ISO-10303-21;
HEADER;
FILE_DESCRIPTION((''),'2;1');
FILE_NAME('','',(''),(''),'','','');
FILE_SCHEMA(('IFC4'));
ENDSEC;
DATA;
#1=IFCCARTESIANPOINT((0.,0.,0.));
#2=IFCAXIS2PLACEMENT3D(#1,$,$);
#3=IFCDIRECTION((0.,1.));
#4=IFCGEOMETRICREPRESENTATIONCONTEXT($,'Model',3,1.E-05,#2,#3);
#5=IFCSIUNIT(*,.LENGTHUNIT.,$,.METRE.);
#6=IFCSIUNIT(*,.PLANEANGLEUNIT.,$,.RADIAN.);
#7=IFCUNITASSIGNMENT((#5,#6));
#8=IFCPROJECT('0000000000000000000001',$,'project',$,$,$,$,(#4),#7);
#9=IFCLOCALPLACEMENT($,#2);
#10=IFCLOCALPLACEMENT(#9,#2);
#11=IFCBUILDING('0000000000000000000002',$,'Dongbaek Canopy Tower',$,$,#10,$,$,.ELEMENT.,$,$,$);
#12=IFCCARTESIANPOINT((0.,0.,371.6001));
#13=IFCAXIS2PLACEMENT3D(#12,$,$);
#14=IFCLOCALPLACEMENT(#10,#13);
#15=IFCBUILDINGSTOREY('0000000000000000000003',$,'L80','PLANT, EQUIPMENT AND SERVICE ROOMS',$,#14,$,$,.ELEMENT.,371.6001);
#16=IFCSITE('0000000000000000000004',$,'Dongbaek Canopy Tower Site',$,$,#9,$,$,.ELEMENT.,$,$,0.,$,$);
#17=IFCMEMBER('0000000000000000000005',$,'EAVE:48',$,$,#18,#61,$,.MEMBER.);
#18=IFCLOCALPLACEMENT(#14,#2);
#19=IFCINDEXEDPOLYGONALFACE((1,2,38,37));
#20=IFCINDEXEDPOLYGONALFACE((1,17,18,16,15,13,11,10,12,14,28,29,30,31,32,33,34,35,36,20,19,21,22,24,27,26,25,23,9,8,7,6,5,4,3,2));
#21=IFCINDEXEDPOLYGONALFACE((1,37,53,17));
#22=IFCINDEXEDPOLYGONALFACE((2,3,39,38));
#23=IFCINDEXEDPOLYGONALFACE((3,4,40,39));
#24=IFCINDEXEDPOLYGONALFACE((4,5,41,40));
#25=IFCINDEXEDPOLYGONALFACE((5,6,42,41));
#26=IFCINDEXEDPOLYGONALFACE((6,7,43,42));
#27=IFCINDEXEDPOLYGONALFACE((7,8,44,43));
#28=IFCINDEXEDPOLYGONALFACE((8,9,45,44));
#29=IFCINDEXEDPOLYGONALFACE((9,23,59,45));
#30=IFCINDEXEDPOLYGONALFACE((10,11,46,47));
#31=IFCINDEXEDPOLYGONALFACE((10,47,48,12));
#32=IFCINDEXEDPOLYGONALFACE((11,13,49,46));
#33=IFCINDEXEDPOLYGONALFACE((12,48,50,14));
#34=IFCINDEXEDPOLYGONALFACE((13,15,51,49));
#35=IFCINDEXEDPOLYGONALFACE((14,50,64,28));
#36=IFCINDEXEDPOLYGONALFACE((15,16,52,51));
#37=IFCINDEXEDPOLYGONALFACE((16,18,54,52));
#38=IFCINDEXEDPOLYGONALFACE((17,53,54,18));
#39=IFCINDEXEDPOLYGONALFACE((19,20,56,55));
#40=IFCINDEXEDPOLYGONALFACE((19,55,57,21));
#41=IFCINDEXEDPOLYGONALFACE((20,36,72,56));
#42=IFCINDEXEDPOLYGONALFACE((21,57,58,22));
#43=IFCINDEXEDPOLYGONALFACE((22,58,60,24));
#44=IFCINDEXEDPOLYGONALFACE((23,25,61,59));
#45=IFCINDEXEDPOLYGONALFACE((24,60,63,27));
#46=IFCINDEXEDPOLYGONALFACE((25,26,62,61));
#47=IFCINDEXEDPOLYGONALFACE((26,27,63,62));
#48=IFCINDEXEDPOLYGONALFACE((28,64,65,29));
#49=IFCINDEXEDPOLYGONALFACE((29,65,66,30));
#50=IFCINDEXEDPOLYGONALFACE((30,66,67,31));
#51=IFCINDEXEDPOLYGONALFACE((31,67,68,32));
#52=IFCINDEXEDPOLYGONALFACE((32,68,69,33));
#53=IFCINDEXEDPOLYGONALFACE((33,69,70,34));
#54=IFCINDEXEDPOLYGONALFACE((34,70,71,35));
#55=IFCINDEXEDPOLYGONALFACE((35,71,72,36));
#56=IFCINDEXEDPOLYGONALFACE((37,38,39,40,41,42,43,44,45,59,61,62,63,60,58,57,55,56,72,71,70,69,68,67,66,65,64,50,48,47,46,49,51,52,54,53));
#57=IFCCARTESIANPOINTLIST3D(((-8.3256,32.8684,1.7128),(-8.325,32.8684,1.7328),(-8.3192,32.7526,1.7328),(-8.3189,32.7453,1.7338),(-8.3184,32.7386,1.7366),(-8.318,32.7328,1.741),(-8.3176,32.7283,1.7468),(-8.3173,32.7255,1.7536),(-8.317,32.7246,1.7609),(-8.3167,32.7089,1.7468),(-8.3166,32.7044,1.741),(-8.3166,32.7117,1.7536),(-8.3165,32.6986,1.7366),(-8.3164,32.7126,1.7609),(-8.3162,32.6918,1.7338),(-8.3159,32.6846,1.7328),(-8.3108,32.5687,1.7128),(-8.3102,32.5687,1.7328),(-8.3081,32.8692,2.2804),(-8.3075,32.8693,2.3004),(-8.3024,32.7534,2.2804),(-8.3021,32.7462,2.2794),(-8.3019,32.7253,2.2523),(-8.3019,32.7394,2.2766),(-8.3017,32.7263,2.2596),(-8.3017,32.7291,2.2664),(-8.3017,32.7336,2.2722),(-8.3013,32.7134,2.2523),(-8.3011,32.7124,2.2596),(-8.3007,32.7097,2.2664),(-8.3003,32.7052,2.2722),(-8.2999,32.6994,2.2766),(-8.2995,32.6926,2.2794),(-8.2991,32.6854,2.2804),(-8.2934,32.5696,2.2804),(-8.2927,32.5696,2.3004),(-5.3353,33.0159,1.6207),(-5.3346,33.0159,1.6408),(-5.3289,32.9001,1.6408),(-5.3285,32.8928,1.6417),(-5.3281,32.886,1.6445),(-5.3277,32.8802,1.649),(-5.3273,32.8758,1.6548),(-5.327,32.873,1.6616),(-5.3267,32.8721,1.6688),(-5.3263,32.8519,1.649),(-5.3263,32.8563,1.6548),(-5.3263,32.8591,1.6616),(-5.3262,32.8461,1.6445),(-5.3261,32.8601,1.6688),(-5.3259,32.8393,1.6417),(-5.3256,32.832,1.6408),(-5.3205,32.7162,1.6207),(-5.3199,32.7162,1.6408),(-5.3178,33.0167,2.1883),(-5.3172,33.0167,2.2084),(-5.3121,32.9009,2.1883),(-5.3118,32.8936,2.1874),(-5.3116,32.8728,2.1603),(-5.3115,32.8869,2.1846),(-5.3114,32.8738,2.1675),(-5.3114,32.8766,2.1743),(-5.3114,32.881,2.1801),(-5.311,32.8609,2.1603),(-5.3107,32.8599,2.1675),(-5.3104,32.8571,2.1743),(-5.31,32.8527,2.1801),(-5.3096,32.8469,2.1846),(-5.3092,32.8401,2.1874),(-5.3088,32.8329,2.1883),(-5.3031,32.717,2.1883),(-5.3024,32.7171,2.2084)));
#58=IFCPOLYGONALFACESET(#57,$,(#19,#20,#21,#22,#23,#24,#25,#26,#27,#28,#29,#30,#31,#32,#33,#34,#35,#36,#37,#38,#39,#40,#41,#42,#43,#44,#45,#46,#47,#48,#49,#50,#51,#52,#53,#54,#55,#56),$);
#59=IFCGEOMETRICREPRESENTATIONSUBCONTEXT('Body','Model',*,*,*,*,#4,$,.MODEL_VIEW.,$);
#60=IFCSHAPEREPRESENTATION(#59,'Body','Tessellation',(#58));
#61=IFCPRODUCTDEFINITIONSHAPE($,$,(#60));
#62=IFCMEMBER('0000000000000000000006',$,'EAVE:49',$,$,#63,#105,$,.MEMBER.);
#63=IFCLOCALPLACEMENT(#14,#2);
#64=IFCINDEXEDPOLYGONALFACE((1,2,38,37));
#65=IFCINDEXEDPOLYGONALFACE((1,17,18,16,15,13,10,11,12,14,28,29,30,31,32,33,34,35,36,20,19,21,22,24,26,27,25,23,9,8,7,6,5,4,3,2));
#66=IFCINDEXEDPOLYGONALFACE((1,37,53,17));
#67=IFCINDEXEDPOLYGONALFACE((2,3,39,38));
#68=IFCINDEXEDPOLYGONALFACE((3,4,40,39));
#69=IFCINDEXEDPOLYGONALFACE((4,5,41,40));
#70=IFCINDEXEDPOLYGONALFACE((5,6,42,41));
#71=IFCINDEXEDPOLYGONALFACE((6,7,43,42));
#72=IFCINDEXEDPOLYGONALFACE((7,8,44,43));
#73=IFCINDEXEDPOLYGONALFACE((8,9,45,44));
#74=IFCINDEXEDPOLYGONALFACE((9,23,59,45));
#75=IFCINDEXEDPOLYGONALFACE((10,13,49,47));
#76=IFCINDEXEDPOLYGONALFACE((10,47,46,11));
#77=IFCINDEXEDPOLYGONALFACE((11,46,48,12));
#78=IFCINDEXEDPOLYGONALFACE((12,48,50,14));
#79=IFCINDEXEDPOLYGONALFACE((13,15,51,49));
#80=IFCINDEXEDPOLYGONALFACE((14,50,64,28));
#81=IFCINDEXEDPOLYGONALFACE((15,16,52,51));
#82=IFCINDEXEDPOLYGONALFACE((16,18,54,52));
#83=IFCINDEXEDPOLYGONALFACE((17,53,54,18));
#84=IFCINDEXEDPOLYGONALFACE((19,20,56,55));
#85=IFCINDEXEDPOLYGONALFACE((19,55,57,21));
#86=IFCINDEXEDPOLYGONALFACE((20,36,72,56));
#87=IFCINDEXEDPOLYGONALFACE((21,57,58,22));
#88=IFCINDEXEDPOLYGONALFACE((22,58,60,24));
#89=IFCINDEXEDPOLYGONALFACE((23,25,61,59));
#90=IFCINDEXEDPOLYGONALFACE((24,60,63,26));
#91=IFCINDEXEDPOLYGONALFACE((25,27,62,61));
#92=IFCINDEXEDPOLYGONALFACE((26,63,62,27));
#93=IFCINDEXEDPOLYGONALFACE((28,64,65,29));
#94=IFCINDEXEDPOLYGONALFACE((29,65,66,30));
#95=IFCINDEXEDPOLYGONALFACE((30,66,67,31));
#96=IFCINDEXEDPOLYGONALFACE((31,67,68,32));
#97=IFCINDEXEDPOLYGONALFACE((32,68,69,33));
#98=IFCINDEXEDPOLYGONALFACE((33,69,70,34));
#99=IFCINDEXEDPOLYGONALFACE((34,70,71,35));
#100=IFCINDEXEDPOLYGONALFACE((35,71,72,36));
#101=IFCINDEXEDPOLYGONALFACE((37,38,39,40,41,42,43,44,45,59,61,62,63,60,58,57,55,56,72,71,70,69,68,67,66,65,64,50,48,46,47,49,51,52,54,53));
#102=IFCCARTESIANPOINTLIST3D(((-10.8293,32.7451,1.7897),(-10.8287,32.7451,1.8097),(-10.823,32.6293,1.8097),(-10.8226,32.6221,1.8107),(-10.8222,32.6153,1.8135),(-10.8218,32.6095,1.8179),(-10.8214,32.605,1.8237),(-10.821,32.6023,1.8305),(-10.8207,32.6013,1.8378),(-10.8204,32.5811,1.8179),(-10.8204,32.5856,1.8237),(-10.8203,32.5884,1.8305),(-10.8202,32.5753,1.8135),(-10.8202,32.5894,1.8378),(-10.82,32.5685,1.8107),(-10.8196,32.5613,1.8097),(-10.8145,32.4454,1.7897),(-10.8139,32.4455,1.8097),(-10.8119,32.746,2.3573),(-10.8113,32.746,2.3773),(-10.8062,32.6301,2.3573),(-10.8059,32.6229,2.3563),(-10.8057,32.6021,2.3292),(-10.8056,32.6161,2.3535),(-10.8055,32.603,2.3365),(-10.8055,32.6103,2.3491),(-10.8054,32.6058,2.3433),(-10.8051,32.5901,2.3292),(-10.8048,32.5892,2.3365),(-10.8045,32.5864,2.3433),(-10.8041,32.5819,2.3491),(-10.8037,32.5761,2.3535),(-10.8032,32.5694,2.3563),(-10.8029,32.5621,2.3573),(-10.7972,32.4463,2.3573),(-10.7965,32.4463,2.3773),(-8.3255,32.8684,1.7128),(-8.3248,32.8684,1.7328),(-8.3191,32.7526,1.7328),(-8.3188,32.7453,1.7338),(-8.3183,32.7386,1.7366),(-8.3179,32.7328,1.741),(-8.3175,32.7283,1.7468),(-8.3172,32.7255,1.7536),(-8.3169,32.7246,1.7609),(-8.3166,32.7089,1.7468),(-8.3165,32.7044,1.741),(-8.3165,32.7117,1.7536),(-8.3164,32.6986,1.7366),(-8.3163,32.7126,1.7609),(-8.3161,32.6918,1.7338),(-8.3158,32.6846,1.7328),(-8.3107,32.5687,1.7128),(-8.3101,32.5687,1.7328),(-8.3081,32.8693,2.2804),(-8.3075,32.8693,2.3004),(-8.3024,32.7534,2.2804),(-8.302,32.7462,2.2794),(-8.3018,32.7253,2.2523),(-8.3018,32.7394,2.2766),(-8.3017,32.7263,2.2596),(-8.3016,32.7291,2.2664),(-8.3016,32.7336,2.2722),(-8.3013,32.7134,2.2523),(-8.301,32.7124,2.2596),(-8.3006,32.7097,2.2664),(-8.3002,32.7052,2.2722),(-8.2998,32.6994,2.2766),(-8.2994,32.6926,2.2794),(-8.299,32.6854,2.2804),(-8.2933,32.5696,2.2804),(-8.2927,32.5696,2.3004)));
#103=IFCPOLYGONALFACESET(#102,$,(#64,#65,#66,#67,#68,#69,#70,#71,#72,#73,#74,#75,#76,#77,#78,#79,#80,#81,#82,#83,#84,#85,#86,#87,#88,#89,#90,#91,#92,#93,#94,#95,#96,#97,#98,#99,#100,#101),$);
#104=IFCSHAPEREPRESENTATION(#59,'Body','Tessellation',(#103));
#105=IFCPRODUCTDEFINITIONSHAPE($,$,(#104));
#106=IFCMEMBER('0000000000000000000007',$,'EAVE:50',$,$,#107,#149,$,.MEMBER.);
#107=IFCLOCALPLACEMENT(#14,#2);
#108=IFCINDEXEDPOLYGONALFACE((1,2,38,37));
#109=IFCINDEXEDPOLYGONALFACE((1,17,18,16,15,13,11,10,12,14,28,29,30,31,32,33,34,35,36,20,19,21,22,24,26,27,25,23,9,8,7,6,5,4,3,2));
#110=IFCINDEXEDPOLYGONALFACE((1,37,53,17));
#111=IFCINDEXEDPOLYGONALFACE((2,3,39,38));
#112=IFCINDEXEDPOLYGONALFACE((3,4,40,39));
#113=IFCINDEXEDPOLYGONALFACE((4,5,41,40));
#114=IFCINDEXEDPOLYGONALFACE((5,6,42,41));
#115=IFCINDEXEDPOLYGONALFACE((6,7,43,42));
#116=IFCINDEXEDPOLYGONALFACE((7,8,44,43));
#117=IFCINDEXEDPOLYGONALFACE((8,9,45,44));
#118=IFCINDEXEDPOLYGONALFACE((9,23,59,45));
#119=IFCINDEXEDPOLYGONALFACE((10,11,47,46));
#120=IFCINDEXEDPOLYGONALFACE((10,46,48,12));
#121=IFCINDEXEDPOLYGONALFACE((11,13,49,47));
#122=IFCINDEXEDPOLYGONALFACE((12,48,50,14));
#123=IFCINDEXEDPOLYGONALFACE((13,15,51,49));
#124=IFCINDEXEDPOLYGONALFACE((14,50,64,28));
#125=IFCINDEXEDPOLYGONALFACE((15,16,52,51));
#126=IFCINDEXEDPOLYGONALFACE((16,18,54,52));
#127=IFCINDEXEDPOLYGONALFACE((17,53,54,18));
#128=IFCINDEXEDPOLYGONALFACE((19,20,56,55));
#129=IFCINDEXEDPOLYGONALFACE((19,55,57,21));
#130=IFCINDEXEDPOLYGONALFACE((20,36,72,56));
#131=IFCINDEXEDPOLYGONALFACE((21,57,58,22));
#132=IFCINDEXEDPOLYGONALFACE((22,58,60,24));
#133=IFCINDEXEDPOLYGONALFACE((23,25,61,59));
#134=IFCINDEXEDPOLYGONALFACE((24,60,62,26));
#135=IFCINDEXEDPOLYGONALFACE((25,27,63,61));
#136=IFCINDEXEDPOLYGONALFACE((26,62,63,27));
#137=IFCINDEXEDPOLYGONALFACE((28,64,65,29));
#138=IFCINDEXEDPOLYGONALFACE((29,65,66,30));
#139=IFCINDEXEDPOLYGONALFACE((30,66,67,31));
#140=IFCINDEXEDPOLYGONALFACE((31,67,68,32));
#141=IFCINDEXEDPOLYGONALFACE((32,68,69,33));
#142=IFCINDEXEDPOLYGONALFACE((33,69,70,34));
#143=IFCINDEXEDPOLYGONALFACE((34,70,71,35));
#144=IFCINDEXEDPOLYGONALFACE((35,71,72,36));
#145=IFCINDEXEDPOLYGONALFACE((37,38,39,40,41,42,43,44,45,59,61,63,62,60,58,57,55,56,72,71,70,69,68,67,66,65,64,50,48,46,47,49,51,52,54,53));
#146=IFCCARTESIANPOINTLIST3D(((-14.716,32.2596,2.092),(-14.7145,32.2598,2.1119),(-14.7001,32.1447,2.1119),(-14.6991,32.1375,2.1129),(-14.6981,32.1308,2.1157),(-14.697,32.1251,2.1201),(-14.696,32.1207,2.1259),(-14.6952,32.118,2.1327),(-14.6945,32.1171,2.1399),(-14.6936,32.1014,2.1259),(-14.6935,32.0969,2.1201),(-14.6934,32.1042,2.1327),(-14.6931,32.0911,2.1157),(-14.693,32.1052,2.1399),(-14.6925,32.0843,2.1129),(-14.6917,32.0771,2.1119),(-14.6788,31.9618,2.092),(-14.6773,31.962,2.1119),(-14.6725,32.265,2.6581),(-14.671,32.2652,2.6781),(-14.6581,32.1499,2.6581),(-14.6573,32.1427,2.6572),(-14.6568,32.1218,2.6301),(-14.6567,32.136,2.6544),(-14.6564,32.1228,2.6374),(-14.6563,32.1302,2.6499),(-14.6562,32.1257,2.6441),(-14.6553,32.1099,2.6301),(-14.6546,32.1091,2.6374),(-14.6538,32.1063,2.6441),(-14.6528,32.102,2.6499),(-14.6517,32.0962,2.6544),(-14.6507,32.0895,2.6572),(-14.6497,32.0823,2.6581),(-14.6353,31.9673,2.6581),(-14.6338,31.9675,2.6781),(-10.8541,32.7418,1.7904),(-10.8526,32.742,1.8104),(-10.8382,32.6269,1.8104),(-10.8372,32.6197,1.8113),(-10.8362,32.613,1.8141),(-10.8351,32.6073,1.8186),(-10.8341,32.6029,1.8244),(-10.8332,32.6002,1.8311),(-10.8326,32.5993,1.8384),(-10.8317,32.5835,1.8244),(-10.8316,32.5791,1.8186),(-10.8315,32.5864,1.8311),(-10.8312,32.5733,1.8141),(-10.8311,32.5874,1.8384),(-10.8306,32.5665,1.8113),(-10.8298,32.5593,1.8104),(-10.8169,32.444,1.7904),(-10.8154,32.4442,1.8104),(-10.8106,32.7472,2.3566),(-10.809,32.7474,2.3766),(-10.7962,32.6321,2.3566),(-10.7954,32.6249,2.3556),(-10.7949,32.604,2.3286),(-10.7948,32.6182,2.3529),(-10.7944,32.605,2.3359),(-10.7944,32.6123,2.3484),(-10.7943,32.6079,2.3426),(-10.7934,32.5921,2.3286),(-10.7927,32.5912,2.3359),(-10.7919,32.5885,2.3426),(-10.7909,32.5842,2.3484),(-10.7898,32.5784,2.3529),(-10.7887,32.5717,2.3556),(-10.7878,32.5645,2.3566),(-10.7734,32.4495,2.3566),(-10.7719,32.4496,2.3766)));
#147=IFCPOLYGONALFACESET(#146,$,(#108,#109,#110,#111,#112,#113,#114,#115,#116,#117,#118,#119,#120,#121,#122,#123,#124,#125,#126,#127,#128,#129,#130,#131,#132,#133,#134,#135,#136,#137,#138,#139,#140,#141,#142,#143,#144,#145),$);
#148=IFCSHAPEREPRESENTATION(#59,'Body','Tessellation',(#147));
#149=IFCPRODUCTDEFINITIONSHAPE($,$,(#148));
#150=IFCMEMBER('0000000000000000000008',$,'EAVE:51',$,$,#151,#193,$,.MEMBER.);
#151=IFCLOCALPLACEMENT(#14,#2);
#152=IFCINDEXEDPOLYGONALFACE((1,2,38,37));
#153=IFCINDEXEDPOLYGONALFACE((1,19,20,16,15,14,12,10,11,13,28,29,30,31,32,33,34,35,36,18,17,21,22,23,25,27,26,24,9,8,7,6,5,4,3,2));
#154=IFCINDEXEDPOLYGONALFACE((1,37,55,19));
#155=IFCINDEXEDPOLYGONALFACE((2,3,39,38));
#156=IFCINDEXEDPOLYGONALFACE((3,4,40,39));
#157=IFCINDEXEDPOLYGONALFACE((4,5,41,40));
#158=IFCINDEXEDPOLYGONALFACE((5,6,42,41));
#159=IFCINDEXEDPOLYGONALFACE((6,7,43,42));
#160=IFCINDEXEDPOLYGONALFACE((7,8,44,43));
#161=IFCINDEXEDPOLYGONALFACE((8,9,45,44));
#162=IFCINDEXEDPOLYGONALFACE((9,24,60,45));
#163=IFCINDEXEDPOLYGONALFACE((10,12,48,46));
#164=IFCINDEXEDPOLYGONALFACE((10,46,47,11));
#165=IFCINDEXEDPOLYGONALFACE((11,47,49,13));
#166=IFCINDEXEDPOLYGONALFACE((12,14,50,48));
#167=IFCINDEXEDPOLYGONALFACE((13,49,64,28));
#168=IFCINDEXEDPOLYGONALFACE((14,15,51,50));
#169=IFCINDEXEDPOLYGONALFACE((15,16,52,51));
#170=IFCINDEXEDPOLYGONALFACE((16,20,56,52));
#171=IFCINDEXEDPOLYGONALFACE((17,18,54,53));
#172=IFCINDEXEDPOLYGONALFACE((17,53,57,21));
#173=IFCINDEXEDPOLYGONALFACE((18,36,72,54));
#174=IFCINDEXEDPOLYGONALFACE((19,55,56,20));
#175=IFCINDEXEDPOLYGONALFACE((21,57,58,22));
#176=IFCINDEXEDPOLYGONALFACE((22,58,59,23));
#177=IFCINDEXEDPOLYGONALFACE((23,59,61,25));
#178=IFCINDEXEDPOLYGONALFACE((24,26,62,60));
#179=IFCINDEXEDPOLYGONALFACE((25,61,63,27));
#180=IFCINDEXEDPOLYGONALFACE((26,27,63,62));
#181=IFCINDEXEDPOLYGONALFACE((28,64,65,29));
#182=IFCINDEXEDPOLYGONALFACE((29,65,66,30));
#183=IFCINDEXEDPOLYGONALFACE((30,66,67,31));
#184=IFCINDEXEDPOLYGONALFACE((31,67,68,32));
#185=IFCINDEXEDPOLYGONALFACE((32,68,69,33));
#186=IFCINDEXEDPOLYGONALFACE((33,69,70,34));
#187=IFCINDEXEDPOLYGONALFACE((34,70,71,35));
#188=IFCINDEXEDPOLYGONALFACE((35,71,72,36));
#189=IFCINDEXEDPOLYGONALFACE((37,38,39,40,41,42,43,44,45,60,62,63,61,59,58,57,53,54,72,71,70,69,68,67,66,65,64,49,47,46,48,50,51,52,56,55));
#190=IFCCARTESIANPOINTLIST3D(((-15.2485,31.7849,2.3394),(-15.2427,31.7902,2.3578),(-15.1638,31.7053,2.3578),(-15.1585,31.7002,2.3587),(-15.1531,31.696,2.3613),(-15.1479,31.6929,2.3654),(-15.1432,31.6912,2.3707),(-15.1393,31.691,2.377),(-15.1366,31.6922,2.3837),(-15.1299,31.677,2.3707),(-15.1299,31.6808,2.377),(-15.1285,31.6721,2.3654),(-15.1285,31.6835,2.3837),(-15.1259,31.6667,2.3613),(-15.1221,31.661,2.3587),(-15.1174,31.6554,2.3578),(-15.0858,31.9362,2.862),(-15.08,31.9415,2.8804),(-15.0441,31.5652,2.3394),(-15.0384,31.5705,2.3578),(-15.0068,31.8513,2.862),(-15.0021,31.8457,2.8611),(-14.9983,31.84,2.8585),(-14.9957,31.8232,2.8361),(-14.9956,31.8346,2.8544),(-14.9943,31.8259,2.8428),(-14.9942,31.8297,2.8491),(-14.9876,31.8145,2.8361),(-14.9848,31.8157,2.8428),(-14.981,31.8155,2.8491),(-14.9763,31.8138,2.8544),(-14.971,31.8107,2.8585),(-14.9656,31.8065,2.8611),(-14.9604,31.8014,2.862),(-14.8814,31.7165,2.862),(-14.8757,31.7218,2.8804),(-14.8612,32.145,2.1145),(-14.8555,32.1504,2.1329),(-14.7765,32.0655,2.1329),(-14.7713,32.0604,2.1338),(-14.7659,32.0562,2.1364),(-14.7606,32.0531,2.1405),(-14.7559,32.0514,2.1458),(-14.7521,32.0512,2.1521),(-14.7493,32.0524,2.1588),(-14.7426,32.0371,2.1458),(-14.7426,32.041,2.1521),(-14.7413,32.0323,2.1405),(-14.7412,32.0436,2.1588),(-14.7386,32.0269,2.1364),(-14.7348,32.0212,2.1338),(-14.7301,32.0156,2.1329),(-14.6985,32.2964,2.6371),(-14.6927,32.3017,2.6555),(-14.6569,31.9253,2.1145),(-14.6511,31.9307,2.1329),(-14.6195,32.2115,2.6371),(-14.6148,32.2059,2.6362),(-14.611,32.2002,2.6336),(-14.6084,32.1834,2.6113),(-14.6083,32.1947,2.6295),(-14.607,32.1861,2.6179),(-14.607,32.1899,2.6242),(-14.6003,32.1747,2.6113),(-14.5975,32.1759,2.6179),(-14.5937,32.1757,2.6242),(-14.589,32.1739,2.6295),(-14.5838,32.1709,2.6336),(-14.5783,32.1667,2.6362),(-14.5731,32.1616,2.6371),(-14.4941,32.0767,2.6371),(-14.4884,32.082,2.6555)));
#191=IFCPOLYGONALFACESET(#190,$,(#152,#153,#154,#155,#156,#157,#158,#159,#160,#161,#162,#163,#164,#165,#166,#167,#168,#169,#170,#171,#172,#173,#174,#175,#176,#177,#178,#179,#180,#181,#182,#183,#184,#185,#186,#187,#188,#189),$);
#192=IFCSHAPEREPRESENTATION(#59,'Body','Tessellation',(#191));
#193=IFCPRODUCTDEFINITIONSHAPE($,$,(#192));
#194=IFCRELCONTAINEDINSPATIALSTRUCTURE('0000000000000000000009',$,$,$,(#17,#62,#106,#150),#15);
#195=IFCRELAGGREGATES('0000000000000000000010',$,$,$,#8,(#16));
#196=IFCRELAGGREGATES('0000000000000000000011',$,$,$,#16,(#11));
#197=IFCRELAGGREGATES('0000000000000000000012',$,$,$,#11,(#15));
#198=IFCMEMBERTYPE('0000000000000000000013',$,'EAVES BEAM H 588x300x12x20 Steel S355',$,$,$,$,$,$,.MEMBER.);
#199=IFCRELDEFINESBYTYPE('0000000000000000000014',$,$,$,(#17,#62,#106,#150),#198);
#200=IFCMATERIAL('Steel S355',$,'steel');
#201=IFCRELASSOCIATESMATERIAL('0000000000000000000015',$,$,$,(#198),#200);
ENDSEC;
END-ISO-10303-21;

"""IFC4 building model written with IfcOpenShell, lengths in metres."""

from ifc_helpers import new_model, si_unit, direction, frame, origin, origin_2d, place, context, subcontext, project, spatial, i_section, extrude, material, material_profile, profile_set, type_object, element, save


model = new_model("IFC4")

# Units and contexts
model_context = context("Model", 3, precision=1e-05, world=origin(), true_north=direction((0.0, 1.0)))
body_context = subcontext(model_context, "Body", "Model", "MODEL_VIEW")
ifc_project = project(units=[si_unit("LENGTHUNIT", "METRE"), si_unit("PLANEANGLEUNIT", "RADIAN")], contexts=[model_context])

# Site, building, storey
site_placement = place(None, origin())
site = spatial("IfcSite", under=ifc_project, at=site_placement, Name="Dongbaek Canopy Tower Site", CompositionType="ELEMENT", RefElevation=0.0)
building_placement = place(site_placement, origin())
building = spatial("IfcBuilding", under=site, at=building_placement, Name="Dongbaek Canopy Tower", CompositionType="ELEMENT")
storey_placement = place(building_placement, frame((0.0, 0.0, 371.6001)))
storey = spatial("IfcBuildingStorey", under=building, at=storey_placement, Name="L80", Description="PLANT, EQUIPMENT AND SERVICE ROOMS", CompositionType="ELEMENT", Elevation=371.6001)

# Members
ifc_material_1 = material(Name="Steel S355", Category="steel")
ifc_material_profile_1 = material_profile(ifc_material_1, i_section(OverallWidth=0.3, OverallDepth=0.5879, WebThickness=0.012, FlangeThickness=0.02, FilletRadius=0.0281, at=origin_2d()), Name="EAVES BEAM H 588x300x12x20 Steel S355")
ifc_profile_set_1 = profile_set([ifc_material_profile_1], Name="Steel S355")
member_type_1 = type_object("IfcMemberType", Name="EAVES BEAM H 588x300x12x20 Steel S355", PredefinedType="MEMBER", material=ifc_profile_set_1)
member_1_placement = place(storey_placement, frame((-5.3188, 32.8665, 1.9146), z_axis=(-0.998315, -0.049231, 0.030729), x_axis=(0.049254, -0.998786, 0.0)))
element("IfcMember", 1, at=member_1_placement, inside=storey, type_object=member_type_1, Name="EAVE:48", PredefinedType="MEMBER", context=body_context, shape_type="SweptSolid", body=[
    extrude(i_section(OverallWidth=0.3, OverallDepth=0.5879, WebThickness=0.012, FlangeThickness=0.02, FilletRadius=0.0281, at=origin_2d()), origin(), (0.0, 0.0, 1.0), 2.9954),
])
member_2_placement = place(storey_placement, frame((-8.3091, 32.719, 2.0066), z_axis=(-0.99832, -0.049157, 0.030662), x_axis=(0.04918, -0.99879, 0.0)))
element("IfcMember", 2, at=member_2_placement, inside=storey, type_object=member_type_1, Name="EAVE:49", PredefinedType="MEMBER", context=body_context, shape_type="SweptSolid", body=[
    extrude(i_section(OverallWidth=0.3, OverallDepth=0.5879, WebThickness=0.012, FlangeThickness=0.02, FilletRadius=0.0281, at=origin_2d()), origin(), (0.0, 0.0, 1.0), 2.5081),
])
member_3_placement = place(storey_placement, frame((-10.813, 32.5957, 2.0835), z_axis=(-0.989331, -0.123526, 0.077243), x_axis=(0.123896, -0.992295, 0.0)))
element("IfcMember", 3, at=member_3_placement, inside=storey, type_object=member_type_1, Name="EAVE:50", PredefinedType="MEMBER", context=body_context, shape_type="SweptSolid", body=[
    extrude(i_section(OverallWidth=0.3, OverallDepth=0.5879, WebThickness=0.012, FlangeThickness=0.02, FilletRadius=0.0281, at=origin_2d()), origin(), (0.0, 0.0, 1.0), 3.9036),
])
member_4_placement = place(storey_placement, frame((-14.6748, 32.1135, 2.385), z_axis=(-0.673872, -0.626709, 0.391321), x_axis=(0.681018, -0.732267, 0.0)))
element("IfcMember", 4, at=member_4_placement, inside=storey, type_object=member_type_1, Name="EAVE:51", PredefinedType="MEMBER", context=body_context, shape_type="SweptSolid", body=[
    extrude(i_section(OverallWidth=0.3, OverallDepth=0.5879, WebThickness=0.012, FlangeThickness=0.02, FilletRadius=0.0281, at=origin_2d()), origin(), (0.0, 0.0, 1.0), 0.5747),
])

save(model, "model.ifc")
